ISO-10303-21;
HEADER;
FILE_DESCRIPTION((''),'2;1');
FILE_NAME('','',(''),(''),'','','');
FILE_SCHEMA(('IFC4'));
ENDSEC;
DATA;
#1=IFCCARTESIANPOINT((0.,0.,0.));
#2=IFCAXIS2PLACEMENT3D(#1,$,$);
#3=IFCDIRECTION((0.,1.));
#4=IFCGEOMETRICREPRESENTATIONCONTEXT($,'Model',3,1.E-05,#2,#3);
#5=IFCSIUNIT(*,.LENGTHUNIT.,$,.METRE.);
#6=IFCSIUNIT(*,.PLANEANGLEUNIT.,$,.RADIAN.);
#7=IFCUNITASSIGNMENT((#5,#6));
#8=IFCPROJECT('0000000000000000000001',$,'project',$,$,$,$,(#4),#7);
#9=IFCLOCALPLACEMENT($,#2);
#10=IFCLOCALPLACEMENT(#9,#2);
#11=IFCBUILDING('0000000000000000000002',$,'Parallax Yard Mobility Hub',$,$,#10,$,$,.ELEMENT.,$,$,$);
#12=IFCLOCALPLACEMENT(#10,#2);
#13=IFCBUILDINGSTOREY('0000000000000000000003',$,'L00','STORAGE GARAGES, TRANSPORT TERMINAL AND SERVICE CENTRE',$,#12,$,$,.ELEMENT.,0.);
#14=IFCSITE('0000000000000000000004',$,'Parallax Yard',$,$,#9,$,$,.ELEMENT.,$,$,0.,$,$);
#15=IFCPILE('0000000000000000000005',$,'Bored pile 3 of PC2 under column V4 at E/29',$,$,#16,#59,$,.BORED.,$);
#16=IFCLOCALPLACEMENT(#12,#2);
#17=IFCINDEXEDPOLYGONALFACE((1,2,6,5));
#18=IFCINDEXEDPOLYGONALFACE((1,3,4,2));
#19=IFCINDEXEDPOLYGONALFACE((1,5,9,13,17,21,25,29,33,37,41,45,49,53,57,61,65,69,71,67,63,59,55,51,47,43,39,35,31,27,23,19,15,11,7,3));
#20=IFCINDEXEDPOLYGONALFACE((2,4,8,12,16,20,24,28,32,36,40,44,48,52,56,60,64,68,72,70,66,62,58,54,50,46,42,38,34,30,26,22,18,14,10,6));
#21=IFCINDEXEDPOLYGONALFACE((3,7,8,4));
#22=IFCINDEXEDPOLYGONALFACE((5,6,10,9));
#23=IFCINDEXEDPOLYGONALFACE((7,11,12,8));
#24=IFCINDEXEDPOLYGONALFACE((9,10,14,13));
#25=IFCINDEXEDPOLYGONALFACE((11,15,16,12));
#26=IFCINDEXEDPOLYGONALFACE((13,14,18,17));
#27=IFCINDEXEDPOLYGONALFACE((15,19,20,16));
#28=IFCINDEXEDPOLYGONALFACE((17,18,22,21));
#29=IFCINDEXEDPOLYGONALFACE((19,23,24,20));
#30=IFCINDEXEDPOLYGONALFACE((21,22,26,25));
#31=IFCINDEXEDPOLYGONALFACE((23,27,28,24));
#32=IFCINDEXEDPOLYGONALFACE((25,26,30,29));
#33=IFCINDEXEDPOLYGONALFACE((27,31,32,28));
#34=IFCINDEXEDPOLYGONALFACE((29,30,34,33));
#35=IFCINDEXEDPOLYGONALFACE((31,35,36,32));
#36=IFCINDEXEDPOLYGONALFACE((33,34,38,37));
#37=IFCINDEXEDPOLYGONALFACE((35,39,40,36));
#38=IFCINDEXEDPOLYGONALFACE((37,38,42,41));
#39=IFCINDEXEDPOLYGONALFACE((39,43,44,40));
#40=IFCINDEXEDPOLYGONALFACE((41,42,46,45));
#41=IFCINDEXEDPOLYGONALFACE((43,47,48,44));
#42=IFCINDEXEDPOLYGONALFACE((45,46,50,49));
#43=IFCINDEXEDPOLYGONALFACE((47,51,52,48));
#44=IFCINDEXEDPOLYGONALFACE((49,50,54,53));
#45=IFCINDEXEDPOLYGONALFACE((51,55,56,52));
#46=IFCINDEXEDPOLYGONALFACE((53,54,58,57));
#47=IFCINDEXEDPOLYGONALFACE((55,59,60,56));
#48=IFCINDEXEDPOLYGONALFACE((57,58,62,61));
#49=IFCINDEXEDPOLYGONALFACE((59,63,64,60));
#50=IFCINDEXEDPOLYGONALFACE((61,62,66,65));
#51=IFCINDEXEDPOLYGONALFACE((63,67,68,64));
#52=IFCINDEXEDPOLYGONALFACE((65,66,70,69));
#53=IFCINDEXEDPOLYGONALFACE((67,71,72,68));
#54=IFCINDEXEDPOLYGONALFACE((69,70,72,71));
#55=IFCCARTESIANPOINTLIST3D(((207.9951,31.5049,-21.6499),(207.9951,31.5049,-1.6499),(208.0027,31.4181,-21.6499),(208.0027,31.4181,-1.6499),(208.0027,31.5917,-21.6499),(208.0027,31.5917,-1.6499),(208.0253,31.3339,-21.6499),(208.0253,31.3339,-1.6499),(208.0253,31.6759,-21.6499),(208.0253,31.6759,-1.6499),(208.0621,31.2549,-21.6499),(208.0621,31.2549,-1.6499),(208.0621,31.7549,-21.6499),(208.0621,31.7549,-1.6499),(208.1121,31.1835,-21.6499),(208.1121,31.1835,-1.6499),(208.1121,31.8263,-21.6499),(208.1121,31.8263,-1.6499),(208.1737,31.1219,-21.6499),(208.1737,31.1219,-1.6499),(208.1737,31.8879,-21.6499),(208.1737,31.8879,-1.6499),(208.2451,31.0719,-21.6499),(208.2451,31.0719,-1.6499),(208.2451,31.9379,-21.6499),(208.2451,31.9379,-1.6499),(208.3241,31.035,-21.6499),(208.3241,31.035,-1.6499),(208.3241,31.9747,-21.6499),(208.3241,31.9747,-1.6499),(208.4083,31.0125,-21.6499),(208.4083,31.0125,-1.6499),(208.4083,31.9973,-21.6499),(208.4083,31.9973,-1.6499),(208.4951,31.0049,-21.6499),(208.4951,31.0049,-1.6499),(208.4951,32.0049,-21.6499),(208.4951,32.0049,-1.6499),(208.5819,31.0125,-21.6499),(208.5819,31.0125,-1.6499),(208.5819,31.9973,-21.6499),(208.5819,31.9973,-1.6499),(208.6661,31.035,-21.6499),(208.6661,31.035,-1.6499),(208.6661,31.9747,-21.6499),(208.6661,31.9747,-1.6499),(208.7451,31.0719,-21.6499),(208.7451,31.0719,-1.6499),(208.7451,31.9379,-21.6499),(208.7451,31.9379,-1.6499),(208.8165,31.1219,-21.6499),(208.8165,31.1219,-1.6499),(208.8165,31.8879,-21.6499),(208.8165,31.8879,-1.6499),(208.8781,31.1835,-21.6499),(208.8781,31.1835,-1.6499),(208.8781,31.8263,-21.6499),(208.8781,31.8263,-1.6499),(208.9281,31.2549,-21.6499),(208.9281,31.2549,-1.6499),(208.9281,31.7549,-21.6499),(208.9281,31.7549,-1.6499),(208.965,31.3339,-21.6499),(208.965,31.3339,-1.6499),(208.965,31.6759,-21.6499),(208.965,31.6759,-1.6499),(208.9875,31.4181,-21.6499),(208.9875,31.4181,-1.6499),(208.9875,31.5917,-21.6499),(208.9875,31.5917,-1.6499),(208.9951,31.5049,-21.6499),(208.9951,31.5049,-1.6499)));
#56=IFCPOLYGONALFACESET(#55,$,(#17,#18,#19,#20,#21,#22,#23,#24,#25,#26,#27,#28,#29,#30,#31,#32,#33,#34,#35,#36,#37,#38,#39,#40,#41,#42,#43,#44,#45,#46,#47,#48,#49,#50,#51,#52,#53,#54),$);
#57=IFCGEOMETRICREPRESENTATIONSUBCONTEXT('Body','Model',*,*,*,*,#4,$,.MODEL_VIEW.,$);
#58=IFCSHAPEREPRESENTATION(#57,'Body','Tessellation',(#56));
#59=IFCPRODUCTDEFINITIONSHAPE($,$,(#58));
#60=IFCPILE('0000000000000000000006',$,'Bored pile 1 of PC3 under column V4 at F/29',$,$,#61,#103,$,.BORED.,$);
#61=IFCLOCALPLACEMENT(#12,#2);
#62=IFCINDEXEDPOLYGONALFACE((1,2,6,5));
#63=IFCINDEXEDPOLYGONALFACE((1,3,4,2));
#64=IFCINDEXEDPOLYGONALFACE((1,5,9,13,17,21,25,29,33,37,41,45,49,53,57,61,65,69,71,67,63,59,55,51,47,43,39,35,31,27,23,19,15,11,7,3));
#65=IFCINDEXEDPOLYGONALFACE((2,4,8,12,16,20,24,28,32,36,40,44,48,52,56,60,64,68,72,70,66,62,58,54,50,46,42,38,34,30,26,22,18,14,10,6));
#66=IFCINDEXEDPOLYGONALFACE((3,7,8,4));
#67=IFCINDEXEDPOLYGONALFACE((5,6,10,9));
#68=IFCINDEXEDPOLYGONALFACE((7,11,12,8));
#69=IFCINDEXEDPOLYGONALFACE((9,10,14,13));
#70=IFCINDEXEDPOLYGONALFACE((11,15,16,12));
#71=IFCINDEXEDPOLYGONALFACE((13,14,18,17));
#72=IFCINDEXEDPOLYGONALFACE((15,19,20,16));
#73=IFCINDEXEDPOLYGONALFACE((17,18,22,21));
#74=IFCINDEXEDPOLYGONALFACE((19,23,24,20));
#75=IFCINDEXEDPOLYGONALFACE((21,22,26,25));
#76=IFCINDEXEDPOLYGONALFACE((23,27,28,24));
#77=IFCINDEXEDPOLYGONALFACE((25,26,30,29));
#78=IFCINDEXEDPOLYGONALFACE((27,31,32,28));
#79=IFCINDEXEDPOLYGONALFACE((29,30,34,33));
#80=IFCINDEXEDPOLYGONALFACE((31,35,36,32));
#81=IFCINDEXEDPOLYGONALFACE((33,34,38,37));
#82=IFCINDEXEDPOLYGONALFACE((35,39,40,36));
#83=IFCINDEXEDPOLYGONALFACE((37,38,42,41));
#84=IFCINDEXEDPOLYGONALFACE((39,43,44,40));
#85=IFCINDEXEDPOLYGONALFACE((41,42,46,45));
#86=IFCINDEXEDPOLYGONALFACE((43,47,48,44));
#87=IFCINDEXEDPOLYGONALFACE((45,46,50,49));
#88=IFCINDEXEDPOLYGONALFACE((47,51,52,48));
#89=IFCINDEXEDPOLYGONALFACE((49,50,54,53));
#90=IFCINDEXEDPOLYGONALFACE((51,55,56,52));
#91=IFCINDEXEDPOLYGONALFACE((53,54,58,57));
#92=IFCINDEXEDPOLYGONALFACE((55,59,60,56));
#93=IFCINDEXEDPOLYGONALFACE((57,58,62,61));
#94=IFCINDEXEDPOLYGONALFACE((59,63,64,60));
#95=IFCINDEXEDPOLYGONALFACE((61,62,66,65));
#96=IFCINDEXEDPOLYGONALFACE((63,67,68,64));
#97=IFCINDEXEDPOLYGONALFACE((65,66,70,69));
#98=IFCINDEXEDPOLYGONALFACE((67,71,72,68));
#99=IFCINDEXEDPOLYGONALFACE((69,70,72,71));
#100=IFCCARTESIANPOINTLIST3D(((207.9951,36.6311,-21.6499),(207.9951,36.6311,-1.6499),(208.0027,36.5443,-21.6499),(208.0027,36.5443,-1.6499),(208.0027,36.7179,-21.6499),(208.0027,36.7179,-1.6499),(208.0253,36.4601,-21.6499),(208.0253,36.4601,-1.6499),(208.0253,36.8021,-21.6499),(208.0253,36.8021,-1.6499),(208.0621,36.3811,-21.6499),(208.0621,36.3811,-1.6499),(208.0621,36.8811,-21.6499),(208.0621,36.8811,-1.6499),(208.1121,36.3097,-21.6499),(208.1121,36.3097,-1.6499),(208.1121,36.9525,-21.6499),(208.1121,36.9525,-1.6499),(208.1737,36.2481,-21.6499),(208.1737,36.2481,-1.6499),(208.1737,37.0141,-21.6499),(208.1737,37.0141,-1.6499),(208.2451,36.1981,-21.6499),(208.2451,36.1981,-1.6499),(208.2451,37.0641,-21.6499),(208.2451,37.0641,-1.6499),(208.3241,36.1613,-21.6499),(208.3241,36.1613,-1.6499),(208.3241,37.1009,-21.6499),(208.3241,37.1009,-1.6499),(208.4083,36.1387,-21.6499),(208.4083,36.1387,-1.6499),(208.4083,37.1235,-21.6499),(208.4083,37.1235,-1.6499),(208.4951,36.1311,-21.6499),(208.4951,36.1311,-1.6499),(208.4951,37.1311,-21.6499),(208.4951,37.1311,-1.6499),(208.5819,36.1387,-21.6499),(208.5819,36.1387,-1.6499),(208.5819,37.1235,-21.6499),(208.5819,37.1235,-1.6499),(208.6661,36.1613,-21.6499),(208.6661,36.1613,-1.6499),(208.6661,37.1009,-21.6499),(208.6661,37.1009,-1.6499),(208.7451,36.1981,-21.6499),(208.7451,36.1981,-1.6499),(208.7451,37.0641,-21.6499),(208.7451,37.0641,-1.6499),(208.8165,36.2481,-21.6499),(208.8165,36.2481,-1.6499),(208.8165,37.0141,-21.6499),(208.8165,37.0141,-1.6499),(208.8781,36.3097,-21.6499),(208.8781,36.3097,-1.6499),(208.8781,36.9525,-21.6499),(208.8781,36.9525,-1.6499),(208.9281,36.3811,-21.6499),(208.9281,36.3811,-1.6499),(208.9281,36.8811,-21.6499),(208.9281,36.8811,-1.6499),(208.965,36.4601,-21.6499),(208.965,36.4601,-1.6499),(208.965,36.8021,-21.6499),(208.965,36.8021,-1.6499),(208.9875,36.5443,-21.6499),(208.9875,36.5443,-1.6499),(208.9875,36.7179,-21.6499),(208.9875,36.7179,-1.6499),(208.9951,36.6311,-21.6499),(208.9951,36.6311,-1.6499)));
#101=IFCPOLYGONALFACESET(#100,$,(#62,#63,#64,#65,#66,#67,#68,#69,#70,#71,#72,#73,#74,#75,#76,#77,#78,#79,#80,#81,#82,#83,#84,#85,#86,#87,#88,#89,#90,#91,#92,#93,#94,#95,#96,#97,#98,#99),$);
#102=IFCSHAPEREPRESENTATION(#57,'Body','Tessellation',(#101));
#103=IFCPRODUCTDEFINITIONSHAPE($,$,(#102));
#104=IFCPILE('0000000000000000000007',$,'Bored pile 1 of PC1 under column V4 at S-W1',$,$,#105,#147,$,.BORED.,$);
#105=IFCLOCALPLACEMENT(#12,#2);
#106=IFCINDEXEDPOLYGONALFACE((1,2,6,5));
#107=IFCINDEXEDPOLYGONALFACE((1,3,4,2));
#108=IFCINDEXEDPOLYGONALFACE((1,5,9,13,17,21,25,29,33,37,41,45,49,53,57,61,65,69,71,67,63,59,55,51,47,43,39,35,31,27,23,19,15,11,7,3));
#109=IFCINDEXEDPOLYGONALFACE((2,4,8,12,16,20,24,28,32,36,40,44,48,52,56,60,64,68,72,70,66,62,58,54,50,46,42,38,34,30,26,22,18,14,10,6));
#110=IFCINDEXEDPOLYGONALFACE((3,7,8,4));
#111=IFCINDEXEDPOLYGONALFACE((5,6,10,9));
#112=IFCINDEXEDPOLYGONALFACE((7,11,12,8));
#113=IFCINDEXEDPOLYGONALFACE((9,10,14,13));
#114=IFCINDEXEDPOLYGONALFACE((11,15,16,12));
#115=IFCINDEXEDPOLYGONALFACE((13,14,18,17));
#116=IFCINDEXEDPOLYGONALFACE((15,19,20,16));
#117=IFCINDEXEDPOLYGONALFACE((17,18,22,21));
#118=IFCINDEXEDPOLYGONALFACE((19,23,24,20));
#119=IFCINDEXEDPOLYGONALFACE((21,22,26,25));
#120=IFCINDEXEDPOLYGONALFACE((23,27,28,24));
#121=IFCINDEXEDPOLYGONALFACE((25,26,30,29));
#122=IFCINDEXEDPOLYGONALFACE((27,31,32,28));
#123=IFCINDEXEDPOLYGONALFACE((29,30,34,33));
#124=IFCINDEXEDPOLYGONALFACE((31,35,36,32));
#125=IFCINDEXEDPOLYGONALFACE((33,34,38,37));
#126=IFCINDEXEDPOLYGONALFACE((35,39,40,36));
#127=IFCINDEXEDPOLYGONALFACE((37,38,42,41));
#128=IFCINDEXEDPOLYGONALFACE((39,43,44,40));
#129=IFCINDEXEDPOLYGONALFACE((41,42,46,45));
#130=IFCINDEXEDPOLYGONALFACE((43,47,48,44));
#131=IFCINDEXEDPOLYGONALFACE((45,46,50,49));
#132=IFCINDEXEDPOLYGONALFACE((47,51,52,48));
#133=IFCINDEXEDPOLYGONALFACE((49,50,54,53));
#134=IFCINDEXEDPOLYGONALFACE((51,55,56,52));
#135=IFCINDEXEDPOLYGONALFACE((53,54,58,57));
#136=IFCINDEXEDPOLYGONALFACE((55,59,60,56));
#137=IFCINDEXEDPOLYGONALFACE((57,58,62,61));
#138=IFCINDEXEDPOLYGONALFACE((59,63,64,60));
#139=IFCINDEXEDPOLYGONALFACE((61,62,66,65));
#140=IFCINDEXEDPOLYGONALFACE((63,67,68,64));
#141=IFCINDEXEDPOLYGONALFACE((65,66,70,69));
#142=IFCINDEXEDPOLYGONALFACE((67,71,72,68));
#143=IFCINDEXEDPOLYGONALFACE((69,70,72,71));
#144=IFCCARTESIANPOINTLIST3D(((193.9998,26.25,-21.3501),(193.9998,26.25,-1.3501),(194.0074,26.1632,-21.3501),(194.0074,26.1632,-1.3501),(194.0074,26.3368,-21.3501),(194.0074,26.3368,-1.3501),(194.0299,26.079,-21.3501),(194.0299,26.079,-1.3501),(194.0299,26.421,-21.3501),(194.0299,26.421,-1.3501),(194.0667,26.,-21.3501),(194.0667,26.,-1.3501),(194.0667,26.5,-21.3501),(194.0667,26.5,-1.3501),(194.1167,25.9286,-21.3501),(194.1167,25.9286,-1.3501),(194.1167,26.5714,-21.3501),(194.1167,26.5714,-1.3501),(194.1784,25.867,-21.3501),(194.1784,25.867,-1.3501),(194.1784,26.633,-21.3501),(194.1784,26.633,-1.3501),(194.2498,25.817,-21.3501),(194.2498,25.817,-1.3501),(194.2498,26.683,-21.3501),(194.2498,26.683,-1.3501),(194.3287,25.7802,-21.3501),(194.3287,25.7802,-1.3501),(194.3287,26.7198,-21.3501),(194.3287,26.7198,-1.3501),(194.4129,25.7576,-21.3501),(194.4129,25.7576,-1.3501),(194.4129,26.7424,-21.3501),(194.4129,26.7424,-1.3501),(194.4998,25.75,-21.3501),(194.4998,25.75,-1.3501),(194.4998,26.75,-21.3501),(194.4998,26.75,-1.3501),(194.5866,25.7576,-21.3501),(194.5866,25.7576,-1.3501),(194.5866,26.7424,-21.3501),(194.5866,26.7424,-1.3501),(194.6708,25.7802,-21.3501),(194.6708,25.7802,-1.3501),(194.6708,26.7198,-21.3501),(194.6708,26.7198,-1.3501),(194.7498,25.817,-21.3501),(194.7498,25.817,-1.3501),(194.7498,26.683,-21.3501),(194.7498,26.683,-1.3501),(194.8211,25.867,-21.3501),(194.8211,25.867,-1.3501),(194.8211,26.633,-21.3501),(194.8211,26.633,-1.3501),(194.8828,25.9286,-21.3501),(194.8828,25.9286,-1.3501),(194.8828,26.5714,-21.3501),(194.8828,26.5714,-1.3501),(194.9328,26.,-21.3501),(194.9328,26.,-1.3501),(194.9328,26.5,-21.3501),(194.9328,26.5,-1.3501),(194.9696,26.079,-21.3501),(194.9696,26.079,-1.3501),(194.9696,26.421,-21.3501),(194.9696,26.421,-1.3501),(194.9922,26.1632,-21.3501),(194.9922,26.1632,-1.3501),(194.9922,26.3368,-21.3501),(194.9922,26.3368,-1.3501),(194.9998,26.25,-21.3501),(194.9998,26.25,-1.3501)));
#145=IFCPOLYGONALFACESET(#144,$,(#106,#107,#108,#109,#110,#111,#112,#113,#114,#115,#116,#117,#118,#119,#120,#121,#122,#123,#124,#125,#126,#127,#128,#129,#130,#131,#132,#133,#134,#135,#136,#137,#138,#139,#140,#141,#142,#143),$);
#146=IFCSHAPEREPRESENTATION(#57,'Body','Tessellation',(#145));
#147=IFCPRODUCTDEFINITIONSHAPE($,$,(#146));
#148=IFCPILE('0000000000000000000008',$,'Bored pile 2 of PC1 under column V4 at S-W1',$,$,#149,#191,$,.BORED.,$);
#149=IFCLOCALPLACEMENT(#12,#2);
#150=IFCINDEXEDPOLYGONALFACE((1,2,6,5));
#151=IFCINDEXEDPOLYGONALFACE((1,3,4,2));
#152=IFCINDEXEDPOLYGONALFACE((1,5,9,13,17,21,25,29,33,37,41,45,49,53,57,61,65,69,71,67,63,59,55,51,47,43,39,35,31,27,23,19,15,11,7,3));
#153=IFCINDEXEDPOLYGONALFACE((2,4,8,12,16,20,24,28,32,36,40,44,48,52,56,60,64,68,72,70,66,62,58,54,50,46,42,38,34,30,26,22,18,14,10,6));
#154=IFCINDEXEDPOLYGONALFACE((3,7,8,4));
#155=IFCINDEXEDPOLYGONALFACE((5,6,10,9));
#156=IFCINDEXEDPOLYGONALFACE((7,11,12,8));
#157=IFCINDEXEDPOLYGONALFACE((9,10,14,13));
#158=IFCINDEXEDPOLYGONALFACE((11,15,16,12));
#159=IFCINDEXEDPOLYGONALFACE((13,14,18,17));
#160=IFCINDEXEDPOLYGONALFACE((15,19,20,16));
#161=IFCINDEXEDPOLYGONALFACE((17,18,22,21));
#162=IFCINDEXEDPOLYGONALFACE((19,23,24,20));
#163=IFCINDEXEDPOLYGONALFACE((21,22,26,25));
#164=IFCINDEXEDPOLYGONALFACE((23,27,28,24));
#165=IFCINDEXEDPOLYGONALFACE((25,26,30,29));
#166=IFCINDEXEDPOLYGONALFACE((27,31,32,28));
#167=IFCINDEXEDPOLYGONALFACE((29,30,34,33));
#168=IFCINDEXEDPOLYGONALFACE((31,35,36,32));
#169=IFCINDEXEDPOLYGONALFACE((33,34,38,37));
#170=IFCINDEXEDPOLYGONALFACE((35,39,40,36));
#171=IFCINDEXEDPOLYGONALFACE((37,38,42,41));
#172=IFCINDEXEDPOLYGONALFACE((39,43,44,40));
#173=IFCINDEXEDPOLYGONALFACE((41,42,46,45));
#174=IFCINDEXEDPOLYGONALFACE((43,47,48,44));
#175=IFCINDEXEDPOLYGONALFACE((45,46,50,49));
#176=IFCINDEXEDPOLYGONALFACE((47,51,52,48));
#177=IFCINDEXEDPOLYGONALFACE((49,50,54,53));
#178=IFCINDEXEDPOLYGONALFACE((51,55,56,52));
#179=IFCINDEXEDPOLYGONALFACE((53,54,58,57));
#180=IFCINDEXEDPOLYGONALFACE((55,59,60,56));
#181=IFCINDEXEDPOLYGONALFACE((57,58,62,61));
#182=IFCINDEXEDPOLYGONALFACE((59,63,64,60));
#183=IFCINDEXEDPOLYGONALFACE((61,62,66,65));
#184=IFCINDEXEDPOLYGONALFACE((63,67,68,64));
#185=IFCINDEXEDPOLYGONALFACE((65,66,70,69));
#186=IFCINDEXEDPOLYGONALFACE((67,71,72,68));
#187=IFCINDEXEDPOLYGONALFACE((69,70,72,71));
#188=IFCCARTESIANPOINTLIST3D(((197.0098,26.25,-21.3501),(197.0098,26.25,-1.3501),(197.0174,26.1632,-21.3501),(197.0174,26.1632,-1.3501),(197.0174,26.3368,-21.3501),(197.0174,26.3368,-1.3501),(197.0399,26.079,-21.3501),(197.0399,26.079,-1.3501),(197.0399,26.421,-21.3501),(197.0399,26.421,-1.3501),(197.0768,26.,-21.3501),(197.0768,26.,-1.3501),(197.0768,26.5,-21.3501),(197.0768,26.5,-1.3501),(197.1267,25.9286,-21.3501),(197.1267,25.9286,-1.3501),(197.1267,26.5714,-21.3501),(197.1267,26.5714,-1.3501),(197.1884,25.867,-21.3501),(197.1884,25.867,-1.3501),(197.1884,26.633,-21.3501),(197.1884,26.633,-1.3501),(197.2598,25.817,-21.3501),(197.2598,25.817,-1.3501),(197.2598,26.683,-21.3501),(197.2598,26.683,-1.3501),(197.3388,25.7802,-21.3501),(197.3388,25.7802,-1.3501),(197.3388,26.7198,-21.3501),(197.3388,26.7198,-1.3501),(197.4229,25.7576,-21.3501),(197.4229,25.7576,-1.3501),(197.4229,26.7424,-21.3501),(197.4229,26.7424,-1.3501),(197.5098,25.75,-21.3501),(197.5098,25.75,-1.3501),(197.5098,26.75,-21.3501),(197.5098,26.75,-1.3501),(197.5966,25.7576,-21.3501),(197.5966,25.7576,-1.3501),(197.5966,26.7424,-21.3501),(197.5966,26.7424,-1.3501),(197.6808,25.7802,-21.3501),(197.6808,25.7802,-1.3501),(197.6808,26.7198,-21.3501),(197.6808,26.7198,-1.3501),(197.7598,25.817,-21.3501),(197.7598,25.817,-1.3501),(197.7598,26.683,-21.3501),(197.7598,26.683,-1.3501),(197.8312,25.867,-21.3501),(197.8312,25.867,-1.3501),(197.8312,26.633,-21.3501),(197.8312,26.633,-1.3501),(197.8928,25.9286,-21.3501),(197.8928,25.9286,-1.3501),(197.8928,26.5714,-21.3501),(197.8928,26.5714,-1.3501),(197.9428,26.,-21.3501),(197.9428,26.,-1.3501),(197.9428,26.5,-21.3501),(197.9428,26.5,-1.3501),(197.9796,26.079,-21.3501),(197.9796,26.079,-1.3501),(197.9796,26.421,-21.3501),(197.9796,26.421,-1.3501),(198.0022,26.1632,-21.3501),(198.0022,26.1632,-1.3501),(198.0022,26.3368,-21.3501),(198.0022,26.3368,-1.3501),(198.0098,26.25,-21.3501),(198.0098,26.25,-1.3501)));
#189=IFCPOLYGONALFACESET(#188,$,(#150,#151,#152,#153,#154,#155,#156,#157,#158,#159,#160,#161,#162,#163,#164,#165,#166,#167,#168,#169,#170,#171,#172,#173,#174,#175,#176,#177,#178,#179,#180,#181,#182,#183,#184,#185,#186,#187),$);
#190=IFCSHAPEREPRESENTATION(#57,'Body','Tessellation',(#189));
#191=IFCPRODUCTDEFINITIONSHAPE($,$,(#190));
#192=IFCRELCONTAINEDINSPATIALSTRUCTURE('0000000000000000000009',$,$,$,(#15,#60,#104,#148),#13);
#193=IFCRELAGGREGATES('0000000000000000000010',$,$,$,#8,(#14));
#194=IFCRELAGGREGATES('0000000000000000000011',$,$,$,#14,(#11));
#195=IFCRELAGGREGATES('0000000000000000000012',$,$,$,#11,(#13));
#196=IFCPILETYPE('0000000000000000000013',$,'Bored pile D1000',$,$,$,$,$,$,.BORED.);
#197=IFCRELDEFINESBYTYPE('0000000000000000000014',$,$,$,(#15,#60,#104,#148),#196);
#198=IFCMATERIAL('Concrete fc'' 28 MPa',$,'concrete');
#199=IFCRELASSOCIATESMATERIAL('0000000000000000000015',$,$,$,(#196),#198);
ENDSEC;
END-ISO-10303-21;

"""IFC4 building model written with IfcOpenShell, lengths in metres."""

from ifc_helpers import new_model, si_unit, direction, frame, origin, origin_2d, place, context, subcontext, project, spatial, circle, extrude, material, material_profile, profile_set, type_object, element, save


model = new_model("IFC4")

# Units and contexts
model_context = context("Model", 3, precision=1e-05, world=origin(), true_north=direction((0.0, 1.0)))
body_context = subcontext(model_context, "Body", "Model", "MODEL_VIEW")
ifc_project = project(units=[si_unit("LENGTHUNIT", "METRE"), si_unit("PLANEANGLEUNIT", "RADIAN")], contexts=[model_context])

# Site, building, storey
site_placement = place(None, origin())
site = spatial("IfcSite", under=ifc_project, at=site_placement, Name="Parallax Yard", CompositionType="ELEMENT", RefElevation=0.0)
building_placement = place(site_placement, origin())
building = spatial("IfcBuilding", under=site, at=building_placement, Name="Parallax Yard Mobility Hub", CompositionType="ELEMENT")
storey_placement = place(building_placement, origin())
storey = spatial("IfcBuildingStorey", under=building, at=storey_placement, Name="L00", Description="STORAGE GARAGES, TRANSPORT TERMINAL AND SERVICE CENTRE", CompositionType="ELEMENT", Elevation=0.0)

# Piles
ifc_material_1 = material(Name="Concrete fc' 28 MPa", Category="concrete")
ifc_material_profile_1 = material_profile(ifc_material_1, circle(Radius=0.5, at=origin_2d()), Name="Bored pile D1000")
ifc_profile_set_1 = profile_set([ifc_material_profile_1], Name="Concrete fc' 28 MPa")
pile_type = type_object("IfcPileType", Name="Bored pile D1000", PredefinedType="BORED", material=ifc_profile_set_1)
for number, where, z_axis, x_axis, name in (
    (1, (208.4951, 31.5049, -1.6499), (0.0, 0.0, -1.0), (1.0, 0.0, 0.0), "Bored pile 3 of PC2 under column V4 at E/29"),
    (2, (208.4951, 36.6311, -1.6499), (0.0, 0.0, -1.0), (1.0, 0.0, 0.0), "Bored pile 1 of PC3 under column V4 at F/29"),
    (3, (194.4998, 26.25, -1.3501), (0.0, 0.0, -1.0), (1.0, 0.0, 0.0), "Bored pile 1 of PC1 under column V4 at S-W1"),
    (4, (197.5098, 26.25, -1.3501), (0.0, 0.0, -1.0), (1.0, 0.0, 0.0), "Bored pile 2 of PC1 under column V4 at S-W1"),
):
    element("IfcPile", number, at=place(storey_placement, frame(where, z_axis=z_axis, x_axis=x_axis)), inside=storey, type_object=pile_type, Name=name, PredefinedType="BORED", context=body_context, shape_type="SweptSolid", body=[
        extrude(circle(Radius=0.5, at=origin_2d()), origin(), (0.0, 0.0, 1.0), 20.0),
    ])

save(model, "model.ifc")
